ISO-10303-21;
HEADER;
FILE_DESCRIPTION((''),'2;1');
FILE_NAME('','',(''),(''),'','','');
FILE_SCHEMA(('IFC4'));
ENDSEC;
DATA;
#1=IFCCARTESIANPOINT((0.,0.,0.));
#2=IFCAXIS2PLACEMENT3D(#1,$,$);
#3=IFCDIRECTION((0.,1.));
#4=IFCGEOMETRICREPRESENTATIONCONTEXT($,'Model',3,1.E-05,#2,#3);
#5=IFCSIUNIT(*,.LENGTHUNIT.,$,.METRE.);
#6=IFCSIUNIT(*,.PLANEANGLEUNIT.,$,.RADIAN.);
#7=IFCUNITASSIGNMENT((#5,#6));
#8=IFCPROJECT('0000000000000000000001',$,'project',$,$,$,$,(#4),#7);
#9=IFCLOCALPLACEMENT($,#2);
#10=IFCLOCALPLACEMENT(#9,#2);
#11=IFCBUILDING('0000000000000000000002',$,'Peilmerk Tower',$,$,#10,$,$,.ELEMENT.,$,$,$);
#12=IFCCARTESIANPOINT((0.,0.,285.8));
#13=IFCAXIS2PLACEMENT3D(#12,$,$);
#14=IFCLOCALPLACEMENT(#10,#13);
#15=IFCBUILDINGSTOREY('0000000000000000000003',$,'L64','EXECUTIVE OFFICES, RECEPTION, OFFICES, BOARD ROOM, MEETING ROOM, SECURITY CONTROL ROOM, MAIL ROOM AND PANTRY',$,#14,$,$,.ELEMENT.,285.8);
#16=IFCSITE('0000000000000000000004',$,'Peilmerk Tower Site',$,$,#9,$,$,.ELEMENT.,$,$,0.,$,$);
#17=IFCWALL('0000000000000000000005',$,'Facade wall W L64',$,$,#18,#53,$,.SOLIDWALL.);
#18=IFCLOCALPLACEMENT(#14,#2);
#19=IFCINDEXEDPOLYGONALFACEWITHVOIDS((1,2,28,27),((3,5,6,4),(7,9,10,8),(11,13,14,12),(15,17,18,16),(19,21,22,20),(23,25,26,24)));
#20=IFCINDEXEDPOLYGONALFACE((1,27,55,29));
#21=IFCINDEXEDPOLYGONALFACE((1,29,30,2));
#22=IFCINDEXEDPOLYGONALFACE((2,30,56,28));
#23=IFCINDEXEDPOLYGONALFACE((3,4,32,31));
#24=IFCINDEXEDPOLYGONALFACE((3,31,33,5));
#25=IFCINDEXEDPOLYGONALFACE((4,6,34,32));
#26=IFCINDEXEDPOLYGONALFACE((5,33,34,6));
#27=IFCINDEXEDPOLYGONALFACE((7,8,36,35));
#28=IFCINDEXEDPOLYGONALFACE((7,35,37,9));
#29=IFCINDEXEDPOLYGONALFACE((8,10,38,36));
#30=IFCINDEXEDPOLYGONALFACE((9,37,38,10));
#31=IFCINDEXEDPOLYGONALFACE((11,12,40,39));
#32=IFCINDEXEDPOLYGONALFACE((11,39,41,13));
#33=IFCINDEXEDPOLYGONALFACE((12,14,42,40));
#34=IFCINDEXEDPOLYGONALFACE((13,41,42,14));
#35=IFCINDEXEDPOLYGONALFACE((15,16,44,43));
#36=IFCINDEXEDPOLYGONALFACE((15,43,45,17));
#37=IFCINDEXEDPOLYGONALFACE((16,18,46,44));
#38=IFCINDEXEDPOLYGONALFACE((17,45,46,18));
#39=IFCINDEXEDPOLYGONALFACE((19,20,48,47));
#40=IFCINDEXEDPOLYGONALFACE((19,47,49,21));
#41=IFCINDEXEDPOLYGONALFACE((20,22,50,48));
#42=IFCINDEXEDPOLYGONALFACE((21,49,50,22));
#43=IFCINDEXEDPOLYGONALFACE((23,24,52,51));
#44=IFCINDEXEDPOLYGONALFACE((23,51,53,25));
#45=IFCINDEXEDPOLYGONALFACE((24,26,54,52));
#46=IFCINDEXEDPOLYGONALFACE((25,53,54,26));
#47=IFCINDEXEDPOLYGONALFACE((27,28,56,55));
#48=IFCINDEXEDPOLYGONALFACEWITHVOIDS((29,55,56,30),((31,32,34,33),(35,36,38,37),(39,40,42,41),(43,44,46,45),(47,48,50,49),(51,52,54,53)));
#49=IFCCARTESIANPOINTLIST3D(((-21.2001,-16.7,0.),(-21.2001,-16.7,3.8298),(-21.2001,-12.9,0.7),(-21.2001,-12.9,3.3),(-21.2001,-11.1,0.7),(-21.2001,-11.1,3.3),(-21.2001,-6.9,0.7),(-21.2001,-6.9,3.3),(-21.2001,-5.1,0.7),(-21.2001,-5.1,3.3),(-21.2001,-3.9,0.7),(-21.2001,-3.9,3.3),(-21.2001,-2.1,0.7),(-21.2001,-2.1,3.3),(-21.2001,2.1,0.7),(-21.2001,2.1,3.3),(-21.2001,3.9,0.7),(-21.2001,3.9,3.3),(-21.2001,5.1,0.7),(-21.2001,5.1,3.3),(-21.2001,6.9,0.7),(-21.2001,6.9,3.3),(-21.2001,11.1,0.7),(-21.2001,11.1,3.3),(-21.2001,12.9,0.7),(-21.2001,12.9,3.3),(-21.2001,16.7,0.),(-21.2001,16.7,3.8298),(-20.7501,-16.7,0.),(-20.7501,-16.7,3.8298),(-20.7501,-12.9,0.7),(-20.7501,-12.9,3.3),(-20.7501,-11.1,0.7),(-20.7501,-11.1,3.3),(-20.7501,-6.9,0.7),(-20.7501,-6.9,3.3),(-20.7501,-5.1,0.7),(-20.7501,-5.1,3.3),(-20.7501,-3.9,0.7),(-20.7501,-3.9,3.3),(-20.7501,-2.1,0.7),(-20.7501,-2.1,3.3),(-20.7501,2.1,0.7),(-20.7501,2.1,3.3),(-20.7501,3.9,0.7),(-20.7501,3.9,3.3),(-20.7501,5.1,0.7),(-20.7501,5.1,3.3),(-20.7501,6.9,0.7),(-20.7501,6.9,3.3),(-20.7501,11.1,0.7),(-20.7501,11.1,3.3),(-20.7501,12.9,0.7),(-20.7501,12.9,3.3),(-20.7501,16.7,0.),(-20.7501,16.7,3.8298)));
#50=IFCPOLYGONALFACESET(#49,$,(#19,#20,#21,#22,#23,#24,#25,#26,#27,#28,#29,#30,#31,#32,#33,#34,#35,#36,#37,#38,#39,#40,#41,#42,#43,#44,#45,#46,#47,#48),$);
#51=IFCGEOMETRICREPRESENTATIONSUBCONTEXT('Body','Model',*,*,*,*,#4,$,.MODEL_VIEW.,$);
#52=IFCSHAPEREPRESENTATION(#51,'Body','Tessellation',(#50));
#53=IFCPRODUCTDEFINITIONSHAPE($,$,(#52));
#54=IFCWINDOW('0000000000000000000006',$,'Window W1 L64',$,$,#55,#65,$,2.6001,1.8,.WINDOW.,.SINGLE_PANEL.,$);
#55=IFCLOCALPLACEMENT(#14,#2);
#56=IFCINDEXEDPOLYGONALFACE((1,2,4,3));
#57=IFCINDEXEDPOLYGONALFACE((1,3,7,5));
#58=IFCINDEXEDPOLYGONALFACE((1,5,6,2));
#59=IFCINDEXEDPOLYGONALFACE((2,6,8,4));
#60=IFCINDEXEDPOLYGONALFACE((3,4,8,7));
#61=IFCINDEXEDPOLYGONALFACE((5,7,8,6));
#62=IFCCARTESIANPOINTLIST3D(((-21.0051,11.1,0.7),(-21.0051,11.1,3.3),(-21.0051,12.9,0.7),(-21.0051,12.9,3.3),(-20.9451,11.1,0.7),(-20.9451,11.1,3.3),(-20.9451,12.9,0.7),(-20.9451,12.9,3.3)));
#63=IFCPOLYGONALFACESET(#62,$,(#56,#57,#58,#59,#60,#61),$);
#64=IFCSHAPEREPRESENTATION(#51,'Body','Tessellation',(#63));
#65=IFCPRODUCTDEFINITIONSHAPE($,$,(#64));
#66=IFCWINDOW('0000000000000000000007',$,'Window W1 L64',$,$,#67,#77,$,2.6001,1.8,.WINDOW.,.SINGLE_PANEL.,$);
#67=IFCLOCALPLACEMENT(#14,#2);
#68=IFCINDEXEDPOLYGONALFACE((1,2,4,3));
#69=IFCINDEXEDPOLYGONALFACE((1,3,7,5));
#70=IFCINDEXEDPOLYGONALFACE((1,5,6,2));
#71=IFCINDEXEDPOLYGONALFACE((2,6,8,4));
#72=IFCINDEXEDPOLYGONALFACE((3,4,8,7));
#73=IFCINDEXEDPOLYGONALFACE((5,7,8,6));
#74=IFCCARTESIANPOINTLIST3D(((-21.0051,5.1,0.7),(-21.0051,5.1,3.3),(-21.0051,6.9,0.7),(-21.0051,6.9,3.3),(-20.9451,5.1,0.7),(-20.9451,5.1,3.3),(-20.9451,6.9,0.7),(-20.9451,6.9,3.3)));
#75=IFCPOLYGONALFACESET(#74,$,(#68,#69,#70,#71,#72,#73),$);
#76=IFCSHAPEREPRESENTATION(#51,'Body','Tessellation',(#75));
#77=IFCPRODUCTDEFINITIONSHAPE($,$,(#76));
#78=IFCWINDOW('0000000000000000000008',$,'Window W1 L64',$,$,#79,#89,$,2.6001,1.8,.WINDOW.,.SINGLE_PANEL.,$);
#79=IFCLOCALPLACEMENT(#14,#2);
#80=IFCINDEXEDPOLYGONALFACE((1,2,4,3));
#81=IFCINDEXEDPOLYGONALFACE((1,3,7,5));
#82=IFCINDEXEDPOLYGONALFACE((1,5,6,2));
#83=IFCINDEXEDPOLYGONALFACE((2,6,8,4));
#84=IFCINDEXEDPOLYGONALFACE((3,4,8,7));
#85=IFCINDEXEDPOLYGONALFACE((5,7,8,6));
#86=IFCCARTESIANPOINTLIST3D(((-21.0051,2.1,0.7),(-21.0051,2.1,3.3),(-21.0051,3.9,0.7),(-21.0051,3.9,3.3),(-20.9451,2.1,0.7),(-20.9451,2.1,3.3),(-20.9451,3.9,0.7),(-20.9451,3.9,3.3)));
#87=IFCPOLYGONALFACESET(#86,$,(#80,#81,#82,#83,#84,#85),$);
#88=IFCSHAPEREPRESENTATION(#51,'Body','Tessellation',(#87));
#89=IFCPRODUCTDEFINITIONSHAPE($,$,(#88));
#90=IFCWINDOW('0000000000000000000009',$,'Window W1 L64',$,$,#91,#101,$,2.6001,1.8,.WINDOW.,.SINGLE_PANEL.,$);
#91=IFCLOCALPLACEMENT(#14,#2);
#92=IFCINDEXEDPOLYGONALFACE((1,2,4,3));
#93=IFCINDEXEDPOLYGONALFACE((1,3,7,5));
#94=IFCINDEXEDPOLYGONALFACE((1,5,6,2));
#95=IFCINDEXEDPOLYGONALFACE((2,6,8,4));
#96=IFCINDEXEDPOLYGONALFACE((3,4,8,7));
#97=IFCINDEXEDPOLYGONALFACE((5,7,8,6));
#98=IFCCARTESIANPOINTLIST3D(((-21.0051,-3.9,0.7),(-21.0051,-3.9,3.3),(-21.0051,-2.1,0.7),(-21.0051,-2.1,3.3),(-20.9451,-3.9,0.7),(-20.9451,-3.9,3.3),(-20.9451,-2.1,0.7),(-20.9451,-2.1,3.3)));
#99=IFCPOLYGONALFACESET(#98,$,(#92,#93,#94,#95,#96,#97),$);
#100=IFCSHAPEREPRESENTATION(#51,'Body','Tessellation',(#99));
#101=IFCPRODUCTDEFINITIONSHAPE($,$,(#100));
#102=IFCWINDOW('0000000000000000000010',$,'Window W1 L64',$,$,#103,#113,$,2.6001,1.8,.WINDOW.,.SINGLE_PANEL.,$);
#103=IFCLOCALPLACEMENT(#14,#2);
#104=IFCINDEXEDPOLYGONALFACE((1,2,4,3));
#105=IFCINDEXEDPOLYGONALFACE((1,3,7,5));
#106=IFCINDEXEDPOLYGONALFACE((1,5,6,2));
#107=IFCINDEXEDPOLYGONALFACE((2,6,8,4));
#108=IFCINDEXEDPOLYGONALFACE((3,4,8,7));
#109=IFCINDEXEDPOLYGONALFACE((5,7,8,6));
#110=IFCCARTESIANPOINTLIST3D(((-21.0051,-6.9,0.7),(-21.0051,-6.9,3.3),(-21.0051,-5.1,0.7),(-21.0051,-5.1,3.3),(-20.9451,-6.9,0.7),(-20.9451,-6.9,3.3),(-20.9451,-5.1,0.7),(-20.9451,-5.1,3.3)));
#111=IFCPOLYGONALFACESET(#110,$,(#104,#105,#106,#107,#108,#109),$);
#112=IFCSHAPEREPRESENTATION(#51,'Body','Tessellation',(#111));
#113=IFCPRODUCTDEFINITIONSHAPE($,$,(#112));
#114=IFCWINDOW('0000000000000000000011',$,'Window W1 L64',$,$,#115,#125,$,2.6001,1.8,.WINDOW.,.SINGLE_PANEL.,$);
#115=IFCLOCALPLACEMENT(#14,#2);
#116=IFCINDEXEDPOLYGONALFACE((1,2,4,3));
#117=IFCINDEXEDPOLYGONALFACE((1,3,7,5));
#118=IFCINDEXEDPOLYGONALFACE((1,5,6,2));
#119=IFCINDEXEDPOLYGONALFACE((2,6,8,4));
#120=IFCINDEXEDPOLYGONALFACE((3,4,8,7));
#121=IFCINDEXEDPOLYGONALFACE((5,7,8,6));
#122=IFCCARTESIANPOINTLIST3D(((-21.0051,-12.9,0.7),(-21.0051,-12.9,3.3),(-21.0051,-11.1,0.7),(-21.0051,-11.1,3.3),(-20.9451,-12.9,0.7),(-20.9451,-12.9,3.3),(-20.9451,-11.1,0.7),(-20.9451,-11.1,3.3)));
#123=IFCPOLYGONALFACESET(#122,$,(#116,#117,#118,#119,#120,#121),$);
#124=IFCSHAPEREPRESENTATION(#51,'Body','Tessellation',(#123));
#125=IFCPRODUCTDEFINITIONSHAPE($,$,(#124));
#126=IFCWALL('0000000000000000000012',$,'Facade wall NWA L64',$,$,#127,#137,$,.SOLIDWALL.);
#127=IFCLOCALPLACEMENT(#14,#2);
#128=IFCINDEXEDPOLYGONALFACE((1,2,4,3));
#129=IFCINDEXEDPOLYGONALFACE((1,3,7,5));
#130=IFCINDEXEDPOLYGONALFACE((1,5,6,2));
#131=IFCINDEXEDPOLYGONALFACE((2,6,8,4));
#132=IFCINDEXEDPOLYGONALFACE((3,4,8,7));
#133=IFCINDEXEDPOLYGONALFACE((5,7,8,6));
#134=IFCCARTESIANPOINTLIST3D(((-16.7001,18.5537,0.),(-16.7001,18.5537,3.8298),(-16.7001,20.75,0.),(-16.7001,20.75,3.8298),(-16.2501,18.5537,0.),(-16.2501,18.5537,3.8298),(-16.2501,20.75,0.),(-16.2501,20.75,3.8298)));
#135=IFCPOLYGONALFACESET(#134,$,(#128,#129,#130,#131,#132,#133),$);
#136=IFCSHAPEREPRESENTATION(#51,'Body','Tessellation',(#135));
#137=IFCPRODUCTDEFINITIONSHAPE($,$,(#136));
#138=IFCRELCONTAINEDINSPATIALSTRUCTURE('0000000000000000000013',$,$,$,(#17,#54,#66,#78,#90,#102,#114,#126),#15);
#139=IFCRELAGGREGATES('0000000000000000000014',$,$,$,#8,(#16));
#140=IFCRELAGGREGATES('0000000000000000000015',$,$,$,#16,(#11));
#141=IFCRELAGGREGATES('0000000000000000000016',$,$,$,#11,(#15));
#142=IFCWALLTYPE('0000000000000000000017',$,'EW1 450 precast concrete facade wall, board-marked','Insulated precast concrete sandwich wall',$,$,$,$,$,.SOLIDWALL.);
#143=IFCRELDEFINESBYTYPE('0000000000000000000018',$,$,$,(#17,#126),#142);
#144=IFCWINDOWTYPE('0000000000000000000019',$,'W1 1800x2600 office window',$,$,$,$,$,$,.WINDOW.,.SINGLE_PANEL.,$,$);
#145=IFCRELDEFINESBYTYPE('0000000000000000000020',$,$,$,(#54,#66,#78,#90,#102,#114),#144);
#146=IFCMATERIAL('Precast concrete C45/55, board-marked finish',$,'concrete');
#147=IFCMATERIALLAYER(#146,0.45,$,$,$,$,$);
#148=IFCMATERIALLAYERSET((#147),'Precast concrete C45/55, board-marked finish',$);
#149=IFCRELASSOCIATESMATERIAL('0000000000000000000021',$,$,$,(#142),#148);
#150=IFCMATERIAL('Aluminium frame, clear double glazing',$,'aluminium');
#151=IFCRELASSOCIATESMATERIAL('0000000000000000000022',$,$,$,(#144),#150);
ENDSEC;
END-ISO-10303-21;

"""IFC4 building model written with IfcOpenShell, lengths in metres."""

from ifc_helpers import new_model, si_unit, direction, frame, frame_2d, origin, place, context, subcontext, project, spatial, rectangle, extrude, material, layer, layer_set, type_object, element, fill, save


model = new_model("IFC4")

# Units and contexts
model_context = context("Model", 3, precision=1e-05, world=origin(), true_north=direction((0.0, 1.0)))
body_context = subcontext(model_context, "Body", "Model", "MODEL_VIEW")
ifc_project = project(units=[si_unit("LENGTHUNIT", "METRE"), si_unit("PLANEANGLEUNIT", "RADIAN")], contexts=[model_context])

# Site, building, storey
site_placement = place(None, origin())
site = spatial("IfcSite", under=ifc_project, at=site_placement, Name="Peilmerk Tower Site", CompositionType="ELEMENT", RefElevation=0.0)
building_placement = place(site_placement, origin())
building = spatial("IfcBuilding", under=site, at=building_placement, Name="Peilmerk Tower", CompositionType="ELEMENT")
storey_placement = place(building_placement, frame((0.0, 0.0, 285.8)))
storey = spatial("IfcBuildingStorey", under=building, at=storey_placement, Name="L64", Description="EXECUTIVE OFFICES, RECEPTION, OFFICES, BOARD ROOM, MEETING ROOM, SECURITY CONTROL ROOM, MAIL ROOM AND PANTRY", CompositionType="ELEMENT", Elevation=285.8)

# Wall, openings, windows
ifc_material_1 = material(Name="Precast concrete C45/55, board-marked finish", Category="concrete")
ifc_layer_1 = layer(ifc_material_1, 0.45)
ifc_layer_set_1 = layer_set([ifc_layer_1], Name="Precast concrete C45/55, board-marked finish")
wall_type = type_object("IfcWallType", Name="EW1 450 precast concrete facade wall, board-marked", Description="Insulated precast concrete sandwich wall", PredefinedType="SOLIDWALL", material=ifc_layer_set_1)
wall_1_placement = place(storey_placement, frame((-20.9751, 16.7, 0.0), z_axis=(0.0, 0.0, 1.0), x_axis=(0.0, -1.0, 0.0)))
wall_1 = element("IfcWall", 1, at=wall_1_placement, inside=storey, type_object=wall_type, Name="Facade wall W L64", PredefinedType="SOLIDWALL", context=body_context, shape_type="SweptSolid", body=[
    extrude(rectangle(XDim=33.3999, YDim=0.45, at=frame_2d((16.7, 0.0))), origin(), (0.0, 0.0, 1.0), 3.8298),
])
opening_1_placement = place(wall_1_placement, frame((3.8, 0.0, 0.7)))
opening_1 = element("IfcOpeningElement", 2, at=opening_1_placement, cuts=wall_1, PredefinedType="OPENING", context=body_context, shape_type="SweptSolid", body=[
    extrude(rectangle(XDim=1.8, YDim=2.6001, at=frame_2d((0.8999, 1.3))), frame((0.0, 0.2349, 0.0), z_axis=(0.0, -1.0, 0.0), x_axis=(1.0, 0.0, 0.0)), (0.0, 0.0, 1.0), 0.47),
])
opening_2_placement = place(wall_1_placement, frame((9.8, 0.0, 0.7)))
opening_2 = element("IfcOpeningElement", 3, at=opening_2_placement, cuts=wall_1, PredefinedType="OPENING", context=body_context, shape_type="SweptSolid", body=[
    extrude(rectangle(XDim=1.8, YDim=2.6001, at=frame_2d((0.8999, 1.3))), frame((0.0, 0.2349, 0.0), z_axis=(0.0, -1.0, 0.0), x_axis=(1.0, 0.0, 0.0)), (0.0, 0.0, 1.0), 0.47),
])
opening_3_placement = place(wall_1_placement, frame((12.8, 0.0, 0.7)))
opening_3 = element("IfcOpeningElement", 4, at=opening_3_placement, cuts=wall_1, PredefinedType="OPENING", context=body_context, shape_type="SweptSolid", body=[
    extrude(rectangle(XDim=1.8, YDim=2.6001, at=frame_2d((0.8999, 1.3))), frame((0.0, 0.2349, 0.0), z_axis=(0.0, -1.0, 0.0), x_axis=(1.0, 0.0, 0.0)), (0.0, 0.0, 1.0), 0.47),
])
opening_4_placement = place(wall_1_placement, frame((18.8, 0.0, 0.7)))
opening_4 = element("IfcOpeningElement", 5, at=opening_4_placement, cuts=wall_1, PredefinedType="OPENING", context=body_context, shape_type="SweptSolid", body=[
    extrude(rectangle(XDim=1.8, YDim=2.6001, at=frame_2d((0.8999, 1.3))), frame((0.0, 0.2349, 0.0), z_axis=(0.0, -1.0, 0.0), x_axis=(1.0, 0.0, 0.0)), (0.0, 0.0, 1.0), 0.47),
])
opening_5_placement = place(wall_1_placement, frame((21.8, 0.0, 0.7)))
opening_5 = element("IfcOpeningElement", 6, at=opening_5_placement, cuts=wall_1, PredefinedType="OPENING", context=body_context, shape_type="SweptSolid", body=[
    extrude(rectangle(XDim=1.8, YDim=2.6001, at=frame_2d((0.8999, 1.3))), frame((0.0, 0.2349, 0.0), z_axis=(0.0, -1.0, 0.0), x_axis=(1.0, 0.0, 0.0)), (0.0, 0.0, 1.0), 0.47),
])
opening_6_placement = place(wall_1_placement, frame((27.8, 0.0, 0.7)))
opening_6 = element("IfcOpeningElement", 7, at=opening_6_placement, cuts=wall_1, PredefinedType="OPENING", context=body_context, shape_type="SweptSolid", body=[
    extrude(rectangle(XDim=1.8, YDim=2.6001, at=frame_2d((0.8999, 1.3))), frame((0.0, 0.2349, 0.0), z_axis=(0.0, -1.0, 0.0), x_axis=(1.0, 0.0, 0.0)), (0.0, 0.0, 1.0), 0.47),
])
ifc_material_2 = material(Name="Aluminium frame, clear double glazing", Category="aluminium")
window_type = type_object("IfcWindowType", Name="W1 1800x2600 office window", PartitioningType="SINGLE_PANEL", PredefinedType="WINDOW", material=ifc_material_2)
window_1_placement = place(opening_1_placement, origin())
window_1 = element("IfcWindow", 8, at=window_1_placement, inside=storey, type_object=window_type, Name="Window W1 L64", OverallHeight=2.6001, OverallWidth=1.8, PartitioningType="SINGLE_PANEL", PredefinedType="WINDOW", context=body_context, shape_type="SweptSolid", body=[
    extrude(rectangle(XDim=1.8, YDim=2.6001, at=frame_2d((0.8999, 1.3))), frame((0.0, 0.03, 0.0), z_axis=(0.0, -1.0, 0.0), x_axis=(1.0, 0.0, 0.0)), (0.0, 0.0, 1.0), 0.0601),
])
fill(opening_1, window_1)
window_2_placement = place(opening_2_placement, origin())
window_2 = element("IfcWindow", 9, at=window_2_placement, inside=storey, type_object=window_type, Name="Window W1 L64", OverallHeight=2.6001, OverallWidth=1.8, PartitioningType="SINGLE_PANEL", PredefinedType="WINDOW", context=body_context, shape_type="SweptSolid", body=[
    extrude(rectangle(XDim=1.8, YDim=2.6001, at=frame_2d((0.8999, 1.3))), frame((0.0, 0.03, 0.0), z_axis=(0.0, -1.0, 0.0), x_axis=(1.0, 0.0, 0.0)), (0.0, 0.0, 1.0), 0.0601),
])
fill(opening_2, window_2)
window_3_placement = place(opening_3_placement, origin())
window_3 = element("IfcWindow", 10, at=window_3_placement, inside=storey, type_object=window_type, Name="Window W1 L64", OverallHeight=2.6001, OverallWidth=1.8, PartitioningType="SINGLE_PANEL", PredefinedType="WINDOW", context=body_context, shape_type="SweptSolid", body=[
    extrude(rectangle(XDim=1.8, YDim=2.6001, at=frame_2d((0.8999, 1.3))), frame((0.0, 0.03, 0.0), z_axis=(0.0, -1.0, 0.0), x_axis=(1.0, 0.0, 0.0)), (0.0, 0.0, 1.0), 0.0601),
])
fill(opening_3, window_3)
window_4_placement = place(opening_4_placement, origin())
window_4 = element("IfcWindow", 11, at=window_4_placement, inside=storey, type_object=window_type, Name="Window W1 L64", OverallHeight=2.6001, OverallWidth=1.8, PartitioningType="SINGLE_PANEL", PredefinedType="WINDOW", context=body_context, shape_type="SweptSolid", body=[
    extrude(rectangle(XDim=1.8, YDim=2.6001, at=frame_2d((0.8999, 1.3))), frame((0.0, 0.03, 0.0), z_axis=(0.0, -1.0, 0.0), x_axis=(1.0, 0.0, 0.0)), (0.0, 0.0, 1.0), 0.0601),
])
fill(opening_4, window_4)
window_5_placement = place(opening_5_placement, origin())
window_5 = element("IfcWindow", 12, at=window_5_placement, inside=storey, type_object=window_type, Name="Window W1 L64", OverallHeight=2.6001, OverallWidth=1.8, PartitioningType="SINGLE_PANEL", PredefinedType="WINDOW", context=body_context, shape_type="SweptSolid", body=[
    extrude(rectangle(XDim=1.8, YDim=2.6001, at=frame_2d((0.8999, 1.3))), frame((0.0, 0.03, 0.0), z_axis=(0.0, -1.0, 0.0), x_axis=(1.0, 0.0, 0.0)), (0.0, 0.0, 1.0), 0.0601),
])
fill(opening_5, window_5)
window_6_placement = place(opening_6_placement, origin())
window_6 = element("IfcWindow", 13, at=window_6_placement, inside=storey, type_object=window_type, Name="Window W1 L64", OverallHeight=2.6001, OverallWidth=1.8, PartitioningType="SINGLE_PANEL", PredefinedType="WINDOW", context=body_context, shape_type="SweptSolid", body=[
    extrude(rectangle(XDim=1.8, YDim=2.6001, at=frame_2d((0.8999, 1.3))), frame((0.0, 0.03, 0.0), z_axis=(0.0, -1.0, 0.0), x_axis=(1.0, 0.0, 0.0)), (0.0, 0.0, 1.0), 0.0601),
])
fill(opening_6, window_6)

# Wall
wall_2_placement = place(storey_placement, frame((-16.4751, 18.5537, 0.0), z_axis=(0.0, 0.0, 1.0), x_axis=(0.0, 1.0, 0.0)))
element("IfcWall", 14, at=wall_2_placement, inside=storey, type_object=wall_type, Name="Facade wall NWA L64", PredefinedType="SOLIDWALL", context=body_context, shape_type="SweptSolid", body=[
    extrude(rectangle(XDim=2.1963, YDim=0.45, at=frame_2d((1.0981, 0.0))), origin(), (0.0, 0.0, 1.0), 3.8298),
])

save(model, "model.ifc")
